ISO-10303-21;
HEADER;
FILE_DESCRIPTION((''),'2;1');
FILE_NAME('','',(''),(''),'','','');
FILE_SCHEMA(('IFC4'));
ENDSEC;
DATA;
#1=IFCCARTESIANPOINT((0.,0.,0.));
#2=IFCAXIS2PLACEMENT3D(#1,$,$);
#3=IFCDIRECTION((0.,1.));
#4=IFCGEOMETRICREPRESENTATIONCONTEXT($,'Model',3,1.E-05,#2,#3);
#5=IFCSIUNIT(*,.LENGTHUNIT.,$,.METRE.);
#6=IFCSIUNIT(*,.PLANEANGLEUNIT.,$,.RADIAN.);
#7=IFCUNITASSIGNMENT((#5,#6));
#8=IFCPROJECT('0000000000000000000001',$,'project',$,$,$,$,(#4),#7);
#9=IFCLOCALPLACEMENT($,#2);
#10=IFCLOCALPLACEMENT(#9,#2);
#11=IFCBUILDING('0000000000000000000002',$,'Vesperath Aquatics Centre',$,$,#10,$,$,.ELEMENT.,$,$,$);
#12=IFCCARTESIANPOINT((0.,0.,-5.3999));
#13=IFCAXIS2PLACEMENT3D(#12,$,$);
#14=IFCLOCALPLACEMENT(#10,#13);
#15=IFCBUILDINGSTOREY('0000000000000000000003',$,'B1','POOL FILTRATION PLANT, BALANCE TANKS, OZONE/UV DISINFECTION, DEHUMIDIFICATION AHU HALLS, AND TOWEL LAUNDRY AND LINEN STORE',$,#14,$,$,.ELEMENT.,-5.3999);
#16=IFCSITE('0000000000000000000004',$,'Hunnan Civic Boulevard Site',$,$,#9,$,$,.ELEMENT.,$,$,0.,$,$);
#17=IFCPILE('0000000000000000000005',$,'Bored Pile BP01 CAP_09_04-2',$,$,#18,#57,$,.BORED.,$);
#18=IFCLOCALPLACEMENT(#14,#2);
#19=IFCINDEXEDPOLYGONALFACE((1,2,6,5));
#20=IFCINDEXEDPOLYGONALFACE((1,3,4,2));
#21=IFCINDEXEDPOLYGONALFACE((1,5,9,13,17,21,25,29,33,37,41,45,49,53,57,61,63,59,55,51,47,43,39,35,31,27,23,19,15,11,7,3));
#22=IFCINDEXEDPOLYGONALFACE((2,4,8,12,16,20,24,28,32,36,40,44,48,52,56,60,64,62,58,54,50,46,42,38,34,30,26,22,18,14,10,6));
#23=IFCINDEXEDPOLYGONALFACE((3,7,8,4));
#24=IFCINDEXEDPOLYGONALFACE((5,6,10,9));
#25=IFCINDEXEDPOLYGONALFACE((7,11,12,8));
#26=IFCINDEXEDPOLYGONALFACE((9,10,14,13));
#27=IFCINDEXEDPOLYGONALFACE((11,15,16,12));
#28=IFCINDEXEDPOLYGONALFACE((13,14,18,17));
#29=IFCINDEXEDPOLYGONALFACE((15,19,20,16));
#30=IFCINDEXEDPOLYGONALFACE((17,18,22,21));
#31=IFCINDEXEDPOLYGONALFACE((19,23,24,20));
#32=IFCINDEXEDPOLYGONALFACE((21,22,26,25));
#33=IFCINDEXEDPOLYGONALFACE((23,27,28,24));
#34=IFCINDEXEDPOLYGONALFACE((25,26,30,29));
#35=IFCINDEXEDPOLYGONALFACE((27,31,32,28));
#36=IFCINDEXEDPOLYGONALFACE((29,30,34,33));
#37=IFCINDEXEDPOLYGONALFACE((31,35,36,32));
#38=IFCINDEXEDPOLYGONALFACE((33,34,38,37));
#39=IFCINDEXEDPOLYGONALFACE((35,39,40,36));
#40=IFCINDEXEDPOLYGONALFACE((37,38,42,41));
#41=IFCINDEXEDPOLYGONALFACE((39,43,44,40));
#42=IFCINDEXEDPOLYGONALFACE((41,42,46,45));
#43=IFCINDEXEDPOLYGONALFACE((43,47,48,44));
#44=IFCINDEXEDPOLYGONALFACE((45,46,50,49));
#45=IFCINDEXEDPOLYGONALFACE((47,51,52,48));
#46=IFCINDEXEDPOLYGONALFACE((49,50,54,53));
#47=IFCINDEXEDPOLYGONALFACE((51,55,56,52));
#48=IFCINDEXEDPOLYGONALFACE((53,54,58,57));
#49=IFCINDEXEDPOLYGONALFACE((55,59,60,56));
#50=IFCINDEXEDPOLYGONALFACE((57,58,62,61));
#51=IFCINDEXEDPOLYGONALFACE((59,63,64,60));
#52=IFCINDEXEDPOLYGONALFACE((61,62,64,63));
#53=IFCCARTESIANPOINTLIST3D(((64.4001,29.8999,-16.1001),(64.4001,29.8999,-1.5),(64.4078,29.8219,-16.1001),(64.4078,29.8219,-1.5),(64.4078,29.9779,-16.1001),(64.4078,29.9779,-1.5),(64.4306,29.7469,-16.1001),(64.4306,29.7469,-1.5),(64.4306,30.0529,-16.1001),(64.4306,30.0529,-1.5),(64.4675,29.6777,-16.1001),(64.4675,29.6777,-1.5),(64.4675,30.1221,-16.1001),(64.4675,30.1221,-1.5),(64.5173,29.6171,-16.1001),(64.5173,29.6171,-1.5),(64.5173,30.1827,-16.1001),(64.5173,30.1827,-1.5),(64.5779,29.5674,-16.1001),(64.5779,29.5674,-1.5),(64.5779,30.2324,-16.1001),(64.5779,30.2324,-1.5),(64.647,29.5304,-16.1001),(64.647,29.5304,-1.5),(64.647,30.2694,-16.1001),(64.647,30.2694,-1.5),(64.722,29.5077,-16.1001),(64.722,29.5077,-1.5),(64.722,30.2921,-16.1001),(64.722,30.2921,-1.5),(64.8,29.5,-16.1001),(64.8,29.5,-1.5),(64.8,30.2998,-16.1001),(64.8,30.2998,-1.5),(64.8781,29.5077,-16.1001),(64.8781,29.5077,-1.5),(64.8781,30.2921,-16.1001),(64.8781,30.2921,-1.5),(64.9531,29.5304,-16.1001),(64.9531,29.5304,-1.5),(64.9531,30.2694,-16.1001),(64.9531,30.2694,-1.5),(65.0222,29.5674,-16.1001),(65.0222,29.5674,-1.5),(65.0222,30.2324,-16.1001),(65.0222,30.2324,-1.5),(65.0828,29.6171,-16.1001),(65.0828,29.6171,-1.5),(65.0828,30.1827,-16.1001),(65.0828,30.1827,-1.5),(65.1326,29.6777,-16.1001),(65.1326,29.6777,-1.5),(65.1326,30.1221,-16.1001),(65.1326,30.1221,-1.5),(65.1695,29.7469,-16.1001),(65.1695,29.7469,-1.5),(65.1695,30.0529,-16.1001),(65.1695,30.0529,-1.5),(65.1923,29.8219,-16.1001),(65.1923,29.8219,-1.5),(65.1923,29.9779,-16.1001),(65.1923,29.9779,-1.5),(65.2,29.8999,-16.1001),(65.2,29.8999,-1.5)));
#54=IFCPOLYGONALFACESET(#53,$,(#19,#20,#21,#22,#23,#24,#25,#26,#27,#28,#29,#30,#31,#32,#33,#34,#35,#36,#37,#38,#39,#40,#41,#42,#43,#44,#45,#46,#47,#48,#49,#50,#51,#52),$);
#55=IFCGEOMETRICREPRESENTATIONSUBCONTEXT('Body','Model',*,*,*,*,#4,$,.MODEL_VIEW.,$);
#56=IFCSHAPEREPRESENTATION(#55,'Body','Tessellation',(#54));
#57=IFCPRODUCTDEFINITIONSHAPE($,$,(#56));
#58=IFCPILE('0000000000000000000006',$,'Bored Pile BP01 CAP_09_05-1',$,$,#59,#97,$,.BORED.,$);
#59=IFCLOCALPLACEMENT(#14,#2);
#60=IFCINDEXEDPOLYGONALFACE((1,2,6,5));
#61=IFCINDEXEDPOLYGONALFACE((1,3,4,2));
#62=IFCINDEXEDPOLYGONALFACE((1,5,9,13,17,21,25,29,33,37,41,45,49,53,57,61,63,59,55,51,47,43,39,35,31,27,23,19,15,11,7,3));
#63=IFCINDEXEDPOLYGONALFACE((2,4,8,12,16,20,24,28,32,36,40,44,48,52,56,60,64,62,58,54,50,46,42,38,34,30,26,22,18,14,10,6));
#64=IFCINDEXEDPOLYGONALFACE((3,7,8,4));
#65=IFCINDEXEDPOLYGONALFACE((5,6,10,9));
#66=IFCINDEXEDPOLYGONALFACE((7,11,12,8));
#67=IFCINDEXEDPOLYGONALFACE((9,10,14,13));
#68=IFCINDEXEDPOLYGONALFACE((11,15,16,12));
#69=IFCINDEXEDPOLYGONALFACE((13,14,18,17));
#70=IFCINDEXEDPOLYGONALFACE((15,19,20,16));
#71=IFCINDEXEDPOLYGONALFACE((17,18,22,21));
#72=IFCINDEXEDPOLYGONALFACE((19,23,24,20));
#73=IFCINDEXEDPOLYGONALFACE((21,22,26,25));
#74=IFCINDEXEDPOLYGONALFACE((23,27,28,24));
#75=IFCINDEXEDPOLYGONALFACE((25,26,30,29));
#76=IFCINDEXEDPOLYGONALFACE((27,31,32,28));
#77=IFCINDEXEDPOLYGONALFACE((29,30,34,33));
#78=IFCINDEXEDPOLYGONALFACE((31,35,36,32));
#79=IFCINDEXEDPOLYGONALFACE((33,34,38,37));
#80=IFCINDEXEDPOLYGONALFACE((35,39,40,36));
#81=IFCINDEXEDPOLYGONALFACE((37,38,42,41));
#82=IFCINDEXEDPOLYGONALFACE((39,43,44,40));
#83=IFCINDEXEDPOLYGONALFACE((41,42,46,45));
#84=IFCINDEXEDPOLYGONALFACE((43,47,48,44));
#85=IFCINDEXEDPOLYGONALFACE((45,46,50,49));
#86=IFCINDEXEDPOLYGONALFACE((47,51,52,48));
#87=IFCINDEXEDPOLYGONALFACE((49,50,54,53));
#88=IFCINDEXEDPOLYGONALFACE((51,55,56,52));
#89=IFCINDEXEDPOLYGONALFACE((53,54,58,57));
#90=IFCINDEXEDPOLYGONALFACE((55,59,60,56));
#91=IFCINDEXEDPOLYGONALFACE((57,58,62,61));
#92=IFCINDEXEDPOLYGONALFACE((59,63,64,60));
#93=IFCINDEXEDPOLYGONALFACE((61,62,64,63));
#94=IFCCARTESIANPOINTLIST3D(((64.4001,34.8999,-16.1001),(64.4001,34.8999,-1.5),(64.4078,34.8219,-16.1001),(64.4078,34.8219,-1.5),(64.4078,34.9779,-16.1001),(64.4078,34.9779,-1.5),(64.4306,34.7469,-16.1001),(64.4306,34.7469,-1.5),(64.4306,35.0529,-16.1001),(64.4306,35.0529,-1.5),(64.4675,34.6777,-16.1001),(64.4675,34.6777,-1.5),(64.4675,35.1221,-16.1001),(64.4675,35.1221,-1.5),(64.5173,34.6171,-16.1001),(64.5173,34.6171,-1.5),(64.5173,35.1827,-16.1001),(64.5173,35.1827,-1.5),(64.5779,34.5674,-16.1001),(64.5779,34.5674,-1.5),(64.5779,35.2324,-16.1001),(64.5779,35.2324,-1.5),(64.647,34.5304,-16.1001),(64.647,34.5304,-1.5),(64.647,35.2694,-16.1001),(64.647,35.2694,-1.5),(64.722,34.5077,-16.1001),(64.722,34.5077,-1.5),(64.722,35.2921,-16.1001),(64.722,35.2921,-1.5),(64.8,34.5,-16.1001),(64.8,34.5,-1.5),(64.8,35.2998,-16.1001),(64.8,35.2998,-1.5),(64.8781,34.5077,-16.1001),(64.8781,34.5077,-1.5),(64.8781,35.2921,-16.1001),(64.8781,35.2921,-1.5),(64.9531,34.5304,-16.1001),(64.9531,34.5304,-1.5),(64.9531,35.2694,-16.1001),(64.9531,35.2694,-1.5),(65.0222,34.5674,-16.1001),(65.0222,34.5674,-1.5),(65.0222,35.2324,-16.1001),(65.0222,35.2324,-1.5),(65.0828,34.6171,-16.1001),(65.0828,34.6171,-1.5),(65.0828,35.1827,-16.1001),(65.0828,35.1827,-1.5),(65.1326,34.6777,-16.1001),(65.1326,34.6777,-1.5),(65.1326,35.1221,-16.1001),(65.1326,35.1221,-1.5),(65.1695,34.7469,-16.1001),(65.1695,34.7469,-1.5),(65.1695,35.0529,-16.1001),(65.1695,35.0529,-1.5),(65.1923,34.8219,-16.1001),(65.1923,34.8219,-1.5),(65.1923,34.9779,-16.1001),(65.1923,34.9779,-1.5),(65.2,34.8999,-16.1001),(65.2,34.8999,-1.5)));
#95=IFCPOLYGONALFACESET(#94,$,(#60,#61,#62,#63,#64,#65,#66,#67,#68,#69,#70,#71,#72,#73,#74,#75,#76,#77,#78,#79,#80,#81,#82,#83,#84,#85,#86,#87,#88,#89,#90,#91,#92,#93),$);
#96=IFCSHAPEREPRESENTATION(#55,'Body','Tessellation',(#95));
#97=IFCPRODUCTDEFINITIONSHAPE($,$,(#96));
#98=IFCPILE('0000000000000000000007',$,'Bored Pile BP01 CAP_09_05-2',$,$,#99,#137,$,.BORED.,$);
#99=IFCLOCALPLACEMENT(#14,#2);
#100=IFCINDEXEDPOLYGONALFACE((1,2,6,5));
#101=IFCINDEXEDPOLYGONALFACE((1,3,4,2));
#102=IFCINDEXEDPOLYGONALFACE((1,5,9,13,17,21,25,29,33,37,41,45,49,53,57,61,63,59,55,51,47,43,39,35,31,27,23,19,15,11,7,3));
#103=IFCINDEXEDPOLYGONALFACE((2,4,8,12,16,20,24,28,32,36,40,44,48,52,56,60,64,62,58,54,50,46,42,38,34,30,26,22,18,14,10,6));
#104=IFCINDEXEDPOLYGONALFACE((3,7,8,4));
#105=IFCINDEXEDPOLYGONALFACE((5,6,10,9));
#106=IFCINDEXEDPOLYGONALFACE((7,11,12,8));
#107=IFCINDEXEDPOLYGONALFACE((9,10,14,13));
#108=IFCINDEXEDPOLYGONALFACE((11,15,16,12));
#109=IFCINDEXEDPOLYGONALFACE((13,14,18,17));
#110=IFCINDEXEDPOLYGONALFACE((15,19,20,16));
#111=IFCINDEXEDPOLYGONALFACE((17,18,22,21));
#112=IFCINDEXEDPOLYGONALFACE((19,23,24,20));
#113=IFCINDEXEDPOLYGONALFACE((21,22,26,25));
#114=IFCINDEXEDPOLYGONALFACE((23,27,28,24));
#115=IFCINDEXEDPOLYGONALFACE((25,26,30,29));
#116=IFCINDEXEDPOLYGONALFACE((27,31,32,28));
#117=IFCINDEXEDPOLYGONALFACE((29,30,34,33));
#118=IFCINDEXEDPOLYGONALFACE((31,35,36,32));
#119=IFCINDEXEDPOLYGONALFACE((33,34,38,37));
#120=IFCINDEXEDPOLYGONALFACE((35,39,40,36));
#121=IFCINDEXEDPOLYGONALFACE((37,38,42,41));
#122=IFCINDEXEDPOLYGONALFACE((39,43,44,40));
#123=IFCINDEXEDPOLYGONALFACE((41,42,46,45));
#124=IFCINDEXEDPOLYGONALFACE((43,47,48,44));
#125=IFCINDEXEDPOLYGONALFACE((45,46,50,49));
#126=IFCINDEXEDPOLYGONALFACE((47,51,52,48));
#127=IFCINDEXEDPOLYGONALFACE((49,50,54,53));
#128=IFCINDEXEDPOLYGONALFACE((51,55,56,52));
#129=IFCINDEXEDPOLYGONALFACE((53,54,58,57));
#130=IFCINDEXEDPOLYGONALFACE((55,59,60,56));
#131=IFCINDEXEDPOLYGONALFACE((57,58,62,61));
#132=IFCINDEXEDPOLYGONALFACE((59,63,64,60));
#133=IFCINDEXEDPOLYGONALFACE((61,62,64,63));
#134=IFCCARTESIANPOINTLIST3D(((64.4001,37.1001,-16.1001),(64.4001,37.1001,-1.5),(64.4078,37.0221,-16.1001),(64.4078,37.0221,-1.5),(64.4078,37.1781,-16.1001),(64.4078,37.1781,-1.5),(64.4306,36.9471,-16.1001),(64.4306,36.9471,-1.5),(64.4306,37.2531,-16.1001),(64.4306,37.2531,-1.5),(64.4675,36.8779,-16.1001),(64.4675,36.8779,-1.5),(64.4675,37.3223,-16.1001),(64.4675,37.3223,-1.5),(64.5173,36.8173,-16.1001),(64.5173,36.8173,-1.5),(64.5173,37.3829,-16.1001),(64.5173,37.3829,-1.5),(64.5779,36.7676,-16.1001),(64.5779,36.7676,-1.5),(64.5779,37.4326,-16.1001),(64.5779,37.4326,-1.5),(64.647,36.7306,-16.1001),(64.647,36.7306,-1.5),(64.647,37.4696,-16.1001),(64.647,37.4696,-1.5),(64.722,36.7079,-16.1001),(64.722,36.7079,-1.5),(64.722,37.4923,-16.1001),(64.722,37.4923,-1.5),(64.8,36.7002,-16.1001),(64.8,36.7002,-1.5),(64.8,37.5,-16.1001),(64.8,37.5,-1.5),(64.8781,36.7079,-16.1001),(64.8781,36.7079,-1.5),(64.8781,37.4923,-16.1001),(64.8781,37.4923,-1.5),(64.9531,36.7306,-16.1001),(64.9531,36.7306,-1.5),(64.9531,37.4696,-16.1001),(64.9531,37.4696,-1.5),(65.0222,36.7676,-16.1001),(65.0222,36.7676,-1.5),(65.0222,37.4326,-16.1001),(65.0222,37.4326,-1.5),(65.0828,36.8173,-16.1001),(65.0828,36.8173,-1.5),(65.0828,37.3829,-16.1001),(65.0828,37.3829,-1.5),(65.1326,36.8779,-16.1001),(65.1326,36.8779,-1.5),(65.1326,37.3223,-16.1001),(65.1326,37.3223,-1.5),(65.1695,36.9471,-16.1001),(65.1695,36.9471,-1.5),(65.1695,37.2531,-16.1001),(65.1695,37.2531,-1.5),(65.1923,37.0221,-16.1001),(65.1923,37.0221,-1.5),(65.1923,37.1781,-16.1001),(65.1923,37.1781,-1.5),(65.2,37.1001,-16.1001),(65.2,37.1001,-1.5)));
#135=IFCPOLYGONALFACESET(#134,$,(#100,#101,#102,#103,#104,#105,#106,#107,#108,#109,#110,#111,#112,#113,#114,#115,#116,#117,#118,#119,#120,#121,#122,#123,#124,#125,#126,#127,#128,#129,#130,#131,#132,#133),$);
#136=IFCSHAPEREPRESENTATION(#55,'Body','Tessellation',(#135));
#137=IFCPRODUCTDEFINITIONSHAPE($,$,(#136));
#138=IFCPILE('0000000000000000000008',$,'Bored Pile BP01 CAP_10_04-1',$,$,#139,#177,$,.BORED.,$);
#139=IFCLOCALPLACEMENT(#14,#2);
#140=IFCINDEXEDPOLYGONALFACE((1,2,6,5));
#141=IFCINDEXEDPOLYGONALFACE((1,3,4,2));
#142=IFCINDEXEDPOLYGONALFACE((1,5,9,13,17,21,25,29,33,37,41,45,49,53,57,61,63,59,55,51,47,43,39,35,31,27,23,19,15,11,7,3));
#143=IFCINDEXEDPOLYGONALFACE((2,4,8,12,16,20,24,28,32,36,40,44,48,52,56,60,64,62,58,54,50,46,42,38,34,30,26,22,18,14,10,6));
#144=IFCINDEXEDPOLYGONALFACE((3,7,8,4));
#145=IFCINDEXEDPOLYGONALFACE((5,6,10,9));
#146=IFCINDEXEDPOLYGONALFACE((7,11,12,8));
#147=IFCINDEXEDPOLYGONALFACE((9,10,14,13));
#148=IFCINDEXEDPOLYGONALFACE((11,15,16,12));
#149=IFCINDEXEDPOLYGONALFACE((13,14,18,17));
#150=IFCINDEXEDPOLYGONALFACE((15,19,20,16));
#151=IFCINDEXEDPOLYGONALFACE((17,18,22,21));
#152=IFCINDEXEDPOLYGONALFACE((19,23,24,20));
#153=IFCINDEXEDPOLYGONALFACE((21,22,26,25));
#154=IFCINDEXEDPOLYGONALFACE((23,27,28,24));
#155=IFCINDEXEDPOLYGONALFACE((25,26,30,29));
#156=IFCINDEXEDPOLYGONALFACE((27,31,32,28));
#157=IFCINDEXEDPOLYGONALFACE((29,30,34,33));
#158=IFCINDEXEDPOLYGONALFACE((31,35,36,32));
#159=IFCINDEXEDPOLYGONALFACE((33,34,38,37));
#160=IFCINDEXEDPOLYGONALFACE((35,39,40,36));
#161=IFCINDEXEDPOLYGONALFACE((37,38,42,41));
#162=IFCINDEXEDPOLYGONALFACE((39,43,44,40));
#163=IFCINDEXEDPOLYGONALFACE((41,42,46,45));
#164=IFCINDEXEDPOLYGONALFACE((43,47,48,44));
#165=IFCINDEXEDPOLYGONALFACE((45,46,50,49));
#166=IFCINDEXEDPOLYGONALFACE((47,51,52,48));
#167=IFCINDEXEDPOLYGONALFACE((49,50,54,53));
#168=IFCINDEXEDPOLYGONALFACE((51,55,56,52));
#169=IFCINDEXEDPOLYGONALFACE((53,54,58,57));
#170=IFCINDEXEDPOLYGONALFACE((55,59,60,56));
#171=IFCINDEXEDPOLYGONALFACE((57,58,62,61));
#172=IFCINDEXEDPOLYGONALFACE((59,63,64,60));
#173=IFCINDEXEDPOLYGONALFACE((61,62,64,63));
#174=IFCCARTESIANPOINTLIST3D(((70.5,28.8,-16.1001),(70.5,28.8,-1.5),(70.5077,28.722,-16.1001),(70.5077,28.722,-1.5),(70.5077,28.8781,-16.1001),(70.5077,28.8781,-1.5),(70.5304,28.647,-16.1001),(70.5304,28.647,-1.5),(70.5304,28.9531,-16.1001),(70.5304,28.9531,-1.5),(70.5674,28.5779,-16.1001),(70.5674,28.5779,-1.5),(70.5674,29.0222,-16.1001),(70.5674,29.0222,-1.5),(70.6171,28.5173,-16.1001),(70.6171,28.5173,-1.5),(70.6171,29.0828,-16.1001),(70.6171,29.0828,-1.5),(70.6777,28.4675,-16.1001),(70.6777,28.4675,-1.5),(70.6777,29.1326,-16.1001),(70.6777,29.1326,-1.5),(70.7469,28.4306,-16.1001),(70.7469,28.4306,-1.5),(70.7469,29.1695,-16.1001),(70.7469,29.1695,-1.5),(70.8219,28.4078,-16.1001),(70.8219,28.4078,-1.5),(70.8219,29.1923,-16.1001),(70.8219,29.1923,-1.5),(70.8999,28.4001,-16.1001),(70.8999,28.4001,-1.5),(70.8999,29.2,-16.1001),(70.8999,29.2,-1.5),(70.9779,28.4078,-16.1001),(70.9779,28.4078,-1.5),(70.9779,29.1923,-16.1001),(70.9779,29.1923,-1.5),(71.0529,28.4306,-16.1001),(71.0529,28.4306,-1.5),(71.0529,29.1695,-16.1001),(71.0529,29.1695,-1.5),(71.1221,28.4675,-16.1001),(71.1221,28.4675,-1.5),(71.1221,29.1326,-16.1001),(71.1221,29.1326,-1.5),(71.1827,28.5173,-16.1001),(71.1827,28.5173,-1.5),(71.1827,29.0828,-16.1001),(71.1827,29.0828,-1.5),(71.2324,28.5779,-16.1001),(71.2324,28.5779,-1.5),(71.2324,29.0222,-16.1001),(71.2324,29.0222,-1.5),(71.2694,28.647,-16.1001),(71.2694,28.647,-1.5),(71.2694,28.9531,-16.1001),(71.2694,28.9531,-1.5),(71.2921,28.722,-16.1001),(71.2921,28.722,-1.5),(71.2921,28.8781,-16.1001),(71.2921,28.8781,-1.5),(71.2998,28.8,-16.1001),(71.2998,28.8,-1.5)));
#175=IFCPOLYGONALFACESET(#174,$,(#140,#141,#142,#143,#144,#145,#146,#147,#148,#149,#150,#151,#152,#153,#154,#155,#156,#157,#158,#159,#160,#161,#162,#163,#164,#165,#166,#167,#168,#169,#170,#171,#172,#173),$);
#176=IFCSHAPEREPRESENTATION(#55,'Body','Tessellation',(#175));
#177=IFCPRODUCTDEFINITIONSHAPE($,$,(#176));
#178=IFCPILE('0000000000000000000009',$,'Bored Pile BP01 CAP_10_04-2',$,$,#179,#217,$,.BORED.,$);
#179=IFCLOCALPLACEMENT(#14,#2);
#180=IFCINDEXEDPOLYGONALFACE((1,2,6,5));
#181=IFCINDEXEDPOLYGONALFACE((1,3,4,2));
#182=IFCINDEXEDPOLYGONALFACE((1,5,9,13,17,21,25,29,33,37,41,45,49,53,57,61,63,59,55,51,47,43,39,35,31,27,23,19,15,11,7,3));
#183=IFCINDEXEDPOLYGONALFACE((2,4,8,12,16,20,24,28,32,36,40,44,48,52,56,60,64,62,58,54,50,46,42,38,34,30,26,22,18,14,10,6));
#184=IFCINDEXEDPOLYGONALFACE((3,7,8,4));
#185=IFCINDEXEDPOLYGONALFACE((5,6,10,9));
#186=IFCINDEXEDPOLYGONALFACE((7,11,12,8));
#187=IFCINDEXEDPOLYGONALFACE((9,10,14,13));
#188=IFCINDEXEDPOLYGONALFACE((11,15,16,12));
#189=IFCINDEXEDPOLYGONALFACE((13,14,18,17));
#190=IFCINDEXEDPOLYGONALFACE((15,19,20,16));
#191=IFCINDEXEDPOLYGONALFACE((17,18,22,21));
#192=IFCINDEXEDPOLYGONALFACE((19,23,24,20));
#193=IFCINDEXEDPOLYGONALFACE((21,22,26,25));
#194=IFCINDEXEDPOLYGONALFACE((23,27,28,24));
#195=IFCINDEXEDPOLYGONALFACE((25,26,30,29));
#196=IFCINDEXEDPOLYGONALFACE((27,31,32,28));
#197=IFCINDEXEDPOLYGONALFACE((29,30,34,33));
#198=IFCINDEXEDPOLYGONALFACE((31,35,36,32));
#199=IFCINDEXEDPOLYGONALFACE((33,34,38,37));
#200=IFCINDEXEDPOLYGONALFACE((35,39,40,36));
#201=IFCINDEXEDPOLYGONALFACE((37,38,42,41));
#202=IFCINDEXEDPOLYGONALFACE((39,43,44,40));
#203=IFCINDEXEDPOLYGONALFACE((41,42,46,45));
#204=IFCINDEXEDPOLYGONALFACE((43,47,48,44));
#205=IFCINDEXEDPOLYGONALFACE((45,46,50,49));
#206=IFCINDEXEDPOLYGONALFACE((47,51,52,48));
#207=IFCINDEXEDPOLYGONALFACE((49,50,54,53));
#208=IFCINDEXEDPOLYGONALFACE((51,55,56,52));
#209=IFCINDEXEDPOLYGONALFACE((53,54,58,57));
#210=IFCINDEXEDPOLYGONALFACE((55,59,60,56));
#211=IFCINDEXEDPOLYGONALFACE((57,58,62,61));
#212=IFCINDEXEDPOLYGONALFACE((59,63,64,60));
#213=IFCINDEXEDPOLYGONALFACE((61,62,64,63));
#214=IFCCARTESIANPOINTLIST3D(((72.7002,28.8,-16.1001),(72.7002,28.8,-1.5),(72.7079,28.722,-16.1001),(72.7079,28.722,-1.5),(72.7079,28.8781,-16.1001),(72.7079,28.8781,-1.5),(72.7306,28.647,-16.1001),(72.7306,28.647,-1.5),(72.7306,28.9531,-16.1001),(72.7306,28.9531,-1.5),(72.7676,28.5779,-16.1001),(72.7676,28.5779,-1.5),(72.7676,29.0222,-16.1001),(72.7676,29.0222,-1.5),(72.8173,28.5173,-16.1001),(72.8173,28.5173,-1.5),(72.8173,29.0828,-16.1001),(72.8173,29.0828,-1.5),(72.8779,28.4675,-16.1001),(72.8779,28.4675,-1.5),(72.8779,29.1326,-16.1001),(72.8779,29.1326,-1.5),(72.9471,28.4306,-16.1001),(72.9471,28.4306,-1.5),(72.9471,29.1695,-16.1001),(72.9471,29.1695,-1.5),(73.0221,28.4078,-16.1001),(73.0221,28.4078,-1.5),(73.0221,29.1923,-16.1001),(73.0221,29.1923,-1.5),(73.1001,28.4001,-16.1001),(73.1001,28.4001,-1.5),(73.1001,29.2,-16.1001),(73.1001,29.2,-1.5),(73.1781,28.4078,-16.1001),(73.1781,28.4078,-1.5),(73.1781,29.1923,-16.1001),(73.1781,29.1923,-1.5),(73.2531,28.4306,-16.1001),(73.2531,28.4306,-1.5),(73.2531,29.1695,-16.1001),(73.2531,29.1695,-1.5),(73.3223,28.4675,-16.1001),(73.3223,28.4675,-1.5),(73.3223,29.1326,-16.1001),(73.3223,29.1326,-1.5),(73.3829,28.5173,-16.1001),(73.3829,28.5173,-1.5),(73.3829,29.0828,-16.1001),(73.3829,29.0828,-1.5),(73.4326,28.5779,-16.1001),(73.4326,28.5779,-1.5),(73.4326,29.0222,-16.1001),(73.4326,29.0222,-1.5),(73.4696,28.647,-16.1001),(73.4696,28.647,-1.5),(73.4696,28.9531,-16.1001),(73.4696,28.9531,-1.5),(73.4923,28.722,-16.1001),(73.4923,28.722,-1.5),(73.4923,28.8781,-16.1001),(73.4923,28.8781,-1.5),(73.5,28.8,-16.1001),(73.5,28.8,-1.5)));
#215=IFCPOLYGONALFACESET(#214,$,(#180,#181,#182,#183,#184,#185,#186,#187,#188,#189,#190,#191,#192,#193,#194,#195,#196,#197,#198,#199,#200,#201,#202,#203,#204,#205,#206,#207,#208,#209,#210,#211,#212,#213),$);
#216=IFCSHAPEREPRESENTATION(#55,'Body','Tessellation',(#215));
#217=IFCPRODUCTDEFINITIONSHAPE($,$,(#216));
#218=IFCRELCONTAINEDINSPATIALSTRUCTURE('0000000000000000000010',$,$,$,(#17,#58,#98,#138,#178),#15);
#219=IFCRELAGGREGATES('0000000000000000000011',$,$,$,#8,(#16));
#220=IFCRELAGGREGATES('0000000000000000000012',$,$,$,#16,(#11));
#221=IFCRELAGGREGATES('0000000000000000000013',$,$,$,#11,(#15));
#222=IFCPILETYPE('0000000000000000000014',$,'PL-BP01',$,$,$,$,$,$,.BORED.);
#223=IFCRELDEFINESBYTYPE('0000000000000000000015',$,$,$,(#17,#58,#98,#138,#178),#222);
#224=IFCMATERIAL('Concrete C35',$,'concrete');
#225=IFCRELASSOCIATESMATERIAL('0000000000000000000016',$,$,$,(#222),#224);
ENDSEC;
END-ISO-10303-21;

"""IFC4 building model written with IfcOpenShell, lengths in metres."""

from ifc_helpers import new_model, si_unit, direction, frame, origin, origin_2d, place, context, subcontext, project, spatial, circle, extrude, material, material_profile, profile_set, type_object, element, save


model = new_model("IFC4")

# Units and contexts
model_context = context("Model", 3, precision=1e-05, world=origin(), true_north=direction((0.0, 1.0)))
body_context = subcontext(model_context, "Body", "Model", "MODEL_VIEW")
ifc_project = project(units=[si_unit("LENGTHUNIT", "METRE"), si_unit("PLANEANGLEUNIT", "RADIAN")], contexts=[model_context])

# Site, building, storey
site_placement = place(None, origin())
site = spatial("IfcSite", under=ifc_project, at=site_placement, Name="Hunnan Civic Boulevard Site", CompositionType="ELEMENT", RefElevation=0.0)
building_placement = place(site_placement, origin())
building = spatial("IfcBuilding", under=site, at=building_placement, Name="Vesperath Aquatics Centre", CompositionType="ELEMENT")
storey_placement = place(building_placement, frame((0.0, 0.0, -5.3999)))
storey = spatial("IfcBuildingStorey", under=building, at=storey_placement, Name="B1", Description="POOL FILTRATION PLANT, BALANCE TANKS, OZONE/UV DISINFECTION, DEHUMIDIFICATION AHU HALLS, AND TOWEL LAUNDRY AND LINEN STORE", CompositionType="ELEMENT", Elevation=-5.3999)

# Piles
ifc_material_1 = material(Name="Concrete C35", Category="concrete")
ifc_material_profile_1 = material_profile(ifc_material_1, circle(Radius=0.3999, at=origin_2d()), Name="PILE D800")
ifc_profile_set_1 = profile_set([ifc_material_profile_1], Name="Concrete C35")
pile_type = type_object("IfcPileType", Name="PL-BP01", PredefinedType="BORED", material=ifc_profile_set_1)
for number, where, z_axis, x_axis, name in (
    (1, (64.8, 29.8999, -1.5), (0.0, 0.0, -1.0), (1.0, 0.0, 0.0), "Bored Pile BP01 CAP_09_04-2"),
    (2, (64.8, 34.8999, -1.5), (0.0, 0.0, -1.0), (1.0, 0.0, 0.0), "Bored Pile BP01 CAP_09_05-1"),
    (3, (64.8, 37.1001, -1.5), (0.0, 0.0, -1.0), (1.0, 0.0, 0.0), "Bored Pile BP01 CAP_09_05-2"),
    (4, (70.8999, 28.8, -1.5), (0.0, 0.0, -1.0), (1.0, 0.0, 0.0), "Bored Pile BP01 CAP_10_04-1"),
    (5, (73.1001, 28.8, -1.5), (0.0, 0.0, -1.0), (1.0, 0.0, 0.0), "Bored Pile BP01 CAP_10_04-2"),
):
    element("IfcPile", number, at=place(storey_placement, frame(where, z_axis=z_axis, x_axis=x_axis)), inside=storey, type_object=pile_type, Name=name, PredefinedType="BORED", context=body_context, shape_type="SweptSolid", body=[
        extrude(circle(Radius=0.3999, at=origin_2d()), origin(), (0.0, 0.0, 1.0), 14.6001),
    ])

save(model, "model.ifc")
